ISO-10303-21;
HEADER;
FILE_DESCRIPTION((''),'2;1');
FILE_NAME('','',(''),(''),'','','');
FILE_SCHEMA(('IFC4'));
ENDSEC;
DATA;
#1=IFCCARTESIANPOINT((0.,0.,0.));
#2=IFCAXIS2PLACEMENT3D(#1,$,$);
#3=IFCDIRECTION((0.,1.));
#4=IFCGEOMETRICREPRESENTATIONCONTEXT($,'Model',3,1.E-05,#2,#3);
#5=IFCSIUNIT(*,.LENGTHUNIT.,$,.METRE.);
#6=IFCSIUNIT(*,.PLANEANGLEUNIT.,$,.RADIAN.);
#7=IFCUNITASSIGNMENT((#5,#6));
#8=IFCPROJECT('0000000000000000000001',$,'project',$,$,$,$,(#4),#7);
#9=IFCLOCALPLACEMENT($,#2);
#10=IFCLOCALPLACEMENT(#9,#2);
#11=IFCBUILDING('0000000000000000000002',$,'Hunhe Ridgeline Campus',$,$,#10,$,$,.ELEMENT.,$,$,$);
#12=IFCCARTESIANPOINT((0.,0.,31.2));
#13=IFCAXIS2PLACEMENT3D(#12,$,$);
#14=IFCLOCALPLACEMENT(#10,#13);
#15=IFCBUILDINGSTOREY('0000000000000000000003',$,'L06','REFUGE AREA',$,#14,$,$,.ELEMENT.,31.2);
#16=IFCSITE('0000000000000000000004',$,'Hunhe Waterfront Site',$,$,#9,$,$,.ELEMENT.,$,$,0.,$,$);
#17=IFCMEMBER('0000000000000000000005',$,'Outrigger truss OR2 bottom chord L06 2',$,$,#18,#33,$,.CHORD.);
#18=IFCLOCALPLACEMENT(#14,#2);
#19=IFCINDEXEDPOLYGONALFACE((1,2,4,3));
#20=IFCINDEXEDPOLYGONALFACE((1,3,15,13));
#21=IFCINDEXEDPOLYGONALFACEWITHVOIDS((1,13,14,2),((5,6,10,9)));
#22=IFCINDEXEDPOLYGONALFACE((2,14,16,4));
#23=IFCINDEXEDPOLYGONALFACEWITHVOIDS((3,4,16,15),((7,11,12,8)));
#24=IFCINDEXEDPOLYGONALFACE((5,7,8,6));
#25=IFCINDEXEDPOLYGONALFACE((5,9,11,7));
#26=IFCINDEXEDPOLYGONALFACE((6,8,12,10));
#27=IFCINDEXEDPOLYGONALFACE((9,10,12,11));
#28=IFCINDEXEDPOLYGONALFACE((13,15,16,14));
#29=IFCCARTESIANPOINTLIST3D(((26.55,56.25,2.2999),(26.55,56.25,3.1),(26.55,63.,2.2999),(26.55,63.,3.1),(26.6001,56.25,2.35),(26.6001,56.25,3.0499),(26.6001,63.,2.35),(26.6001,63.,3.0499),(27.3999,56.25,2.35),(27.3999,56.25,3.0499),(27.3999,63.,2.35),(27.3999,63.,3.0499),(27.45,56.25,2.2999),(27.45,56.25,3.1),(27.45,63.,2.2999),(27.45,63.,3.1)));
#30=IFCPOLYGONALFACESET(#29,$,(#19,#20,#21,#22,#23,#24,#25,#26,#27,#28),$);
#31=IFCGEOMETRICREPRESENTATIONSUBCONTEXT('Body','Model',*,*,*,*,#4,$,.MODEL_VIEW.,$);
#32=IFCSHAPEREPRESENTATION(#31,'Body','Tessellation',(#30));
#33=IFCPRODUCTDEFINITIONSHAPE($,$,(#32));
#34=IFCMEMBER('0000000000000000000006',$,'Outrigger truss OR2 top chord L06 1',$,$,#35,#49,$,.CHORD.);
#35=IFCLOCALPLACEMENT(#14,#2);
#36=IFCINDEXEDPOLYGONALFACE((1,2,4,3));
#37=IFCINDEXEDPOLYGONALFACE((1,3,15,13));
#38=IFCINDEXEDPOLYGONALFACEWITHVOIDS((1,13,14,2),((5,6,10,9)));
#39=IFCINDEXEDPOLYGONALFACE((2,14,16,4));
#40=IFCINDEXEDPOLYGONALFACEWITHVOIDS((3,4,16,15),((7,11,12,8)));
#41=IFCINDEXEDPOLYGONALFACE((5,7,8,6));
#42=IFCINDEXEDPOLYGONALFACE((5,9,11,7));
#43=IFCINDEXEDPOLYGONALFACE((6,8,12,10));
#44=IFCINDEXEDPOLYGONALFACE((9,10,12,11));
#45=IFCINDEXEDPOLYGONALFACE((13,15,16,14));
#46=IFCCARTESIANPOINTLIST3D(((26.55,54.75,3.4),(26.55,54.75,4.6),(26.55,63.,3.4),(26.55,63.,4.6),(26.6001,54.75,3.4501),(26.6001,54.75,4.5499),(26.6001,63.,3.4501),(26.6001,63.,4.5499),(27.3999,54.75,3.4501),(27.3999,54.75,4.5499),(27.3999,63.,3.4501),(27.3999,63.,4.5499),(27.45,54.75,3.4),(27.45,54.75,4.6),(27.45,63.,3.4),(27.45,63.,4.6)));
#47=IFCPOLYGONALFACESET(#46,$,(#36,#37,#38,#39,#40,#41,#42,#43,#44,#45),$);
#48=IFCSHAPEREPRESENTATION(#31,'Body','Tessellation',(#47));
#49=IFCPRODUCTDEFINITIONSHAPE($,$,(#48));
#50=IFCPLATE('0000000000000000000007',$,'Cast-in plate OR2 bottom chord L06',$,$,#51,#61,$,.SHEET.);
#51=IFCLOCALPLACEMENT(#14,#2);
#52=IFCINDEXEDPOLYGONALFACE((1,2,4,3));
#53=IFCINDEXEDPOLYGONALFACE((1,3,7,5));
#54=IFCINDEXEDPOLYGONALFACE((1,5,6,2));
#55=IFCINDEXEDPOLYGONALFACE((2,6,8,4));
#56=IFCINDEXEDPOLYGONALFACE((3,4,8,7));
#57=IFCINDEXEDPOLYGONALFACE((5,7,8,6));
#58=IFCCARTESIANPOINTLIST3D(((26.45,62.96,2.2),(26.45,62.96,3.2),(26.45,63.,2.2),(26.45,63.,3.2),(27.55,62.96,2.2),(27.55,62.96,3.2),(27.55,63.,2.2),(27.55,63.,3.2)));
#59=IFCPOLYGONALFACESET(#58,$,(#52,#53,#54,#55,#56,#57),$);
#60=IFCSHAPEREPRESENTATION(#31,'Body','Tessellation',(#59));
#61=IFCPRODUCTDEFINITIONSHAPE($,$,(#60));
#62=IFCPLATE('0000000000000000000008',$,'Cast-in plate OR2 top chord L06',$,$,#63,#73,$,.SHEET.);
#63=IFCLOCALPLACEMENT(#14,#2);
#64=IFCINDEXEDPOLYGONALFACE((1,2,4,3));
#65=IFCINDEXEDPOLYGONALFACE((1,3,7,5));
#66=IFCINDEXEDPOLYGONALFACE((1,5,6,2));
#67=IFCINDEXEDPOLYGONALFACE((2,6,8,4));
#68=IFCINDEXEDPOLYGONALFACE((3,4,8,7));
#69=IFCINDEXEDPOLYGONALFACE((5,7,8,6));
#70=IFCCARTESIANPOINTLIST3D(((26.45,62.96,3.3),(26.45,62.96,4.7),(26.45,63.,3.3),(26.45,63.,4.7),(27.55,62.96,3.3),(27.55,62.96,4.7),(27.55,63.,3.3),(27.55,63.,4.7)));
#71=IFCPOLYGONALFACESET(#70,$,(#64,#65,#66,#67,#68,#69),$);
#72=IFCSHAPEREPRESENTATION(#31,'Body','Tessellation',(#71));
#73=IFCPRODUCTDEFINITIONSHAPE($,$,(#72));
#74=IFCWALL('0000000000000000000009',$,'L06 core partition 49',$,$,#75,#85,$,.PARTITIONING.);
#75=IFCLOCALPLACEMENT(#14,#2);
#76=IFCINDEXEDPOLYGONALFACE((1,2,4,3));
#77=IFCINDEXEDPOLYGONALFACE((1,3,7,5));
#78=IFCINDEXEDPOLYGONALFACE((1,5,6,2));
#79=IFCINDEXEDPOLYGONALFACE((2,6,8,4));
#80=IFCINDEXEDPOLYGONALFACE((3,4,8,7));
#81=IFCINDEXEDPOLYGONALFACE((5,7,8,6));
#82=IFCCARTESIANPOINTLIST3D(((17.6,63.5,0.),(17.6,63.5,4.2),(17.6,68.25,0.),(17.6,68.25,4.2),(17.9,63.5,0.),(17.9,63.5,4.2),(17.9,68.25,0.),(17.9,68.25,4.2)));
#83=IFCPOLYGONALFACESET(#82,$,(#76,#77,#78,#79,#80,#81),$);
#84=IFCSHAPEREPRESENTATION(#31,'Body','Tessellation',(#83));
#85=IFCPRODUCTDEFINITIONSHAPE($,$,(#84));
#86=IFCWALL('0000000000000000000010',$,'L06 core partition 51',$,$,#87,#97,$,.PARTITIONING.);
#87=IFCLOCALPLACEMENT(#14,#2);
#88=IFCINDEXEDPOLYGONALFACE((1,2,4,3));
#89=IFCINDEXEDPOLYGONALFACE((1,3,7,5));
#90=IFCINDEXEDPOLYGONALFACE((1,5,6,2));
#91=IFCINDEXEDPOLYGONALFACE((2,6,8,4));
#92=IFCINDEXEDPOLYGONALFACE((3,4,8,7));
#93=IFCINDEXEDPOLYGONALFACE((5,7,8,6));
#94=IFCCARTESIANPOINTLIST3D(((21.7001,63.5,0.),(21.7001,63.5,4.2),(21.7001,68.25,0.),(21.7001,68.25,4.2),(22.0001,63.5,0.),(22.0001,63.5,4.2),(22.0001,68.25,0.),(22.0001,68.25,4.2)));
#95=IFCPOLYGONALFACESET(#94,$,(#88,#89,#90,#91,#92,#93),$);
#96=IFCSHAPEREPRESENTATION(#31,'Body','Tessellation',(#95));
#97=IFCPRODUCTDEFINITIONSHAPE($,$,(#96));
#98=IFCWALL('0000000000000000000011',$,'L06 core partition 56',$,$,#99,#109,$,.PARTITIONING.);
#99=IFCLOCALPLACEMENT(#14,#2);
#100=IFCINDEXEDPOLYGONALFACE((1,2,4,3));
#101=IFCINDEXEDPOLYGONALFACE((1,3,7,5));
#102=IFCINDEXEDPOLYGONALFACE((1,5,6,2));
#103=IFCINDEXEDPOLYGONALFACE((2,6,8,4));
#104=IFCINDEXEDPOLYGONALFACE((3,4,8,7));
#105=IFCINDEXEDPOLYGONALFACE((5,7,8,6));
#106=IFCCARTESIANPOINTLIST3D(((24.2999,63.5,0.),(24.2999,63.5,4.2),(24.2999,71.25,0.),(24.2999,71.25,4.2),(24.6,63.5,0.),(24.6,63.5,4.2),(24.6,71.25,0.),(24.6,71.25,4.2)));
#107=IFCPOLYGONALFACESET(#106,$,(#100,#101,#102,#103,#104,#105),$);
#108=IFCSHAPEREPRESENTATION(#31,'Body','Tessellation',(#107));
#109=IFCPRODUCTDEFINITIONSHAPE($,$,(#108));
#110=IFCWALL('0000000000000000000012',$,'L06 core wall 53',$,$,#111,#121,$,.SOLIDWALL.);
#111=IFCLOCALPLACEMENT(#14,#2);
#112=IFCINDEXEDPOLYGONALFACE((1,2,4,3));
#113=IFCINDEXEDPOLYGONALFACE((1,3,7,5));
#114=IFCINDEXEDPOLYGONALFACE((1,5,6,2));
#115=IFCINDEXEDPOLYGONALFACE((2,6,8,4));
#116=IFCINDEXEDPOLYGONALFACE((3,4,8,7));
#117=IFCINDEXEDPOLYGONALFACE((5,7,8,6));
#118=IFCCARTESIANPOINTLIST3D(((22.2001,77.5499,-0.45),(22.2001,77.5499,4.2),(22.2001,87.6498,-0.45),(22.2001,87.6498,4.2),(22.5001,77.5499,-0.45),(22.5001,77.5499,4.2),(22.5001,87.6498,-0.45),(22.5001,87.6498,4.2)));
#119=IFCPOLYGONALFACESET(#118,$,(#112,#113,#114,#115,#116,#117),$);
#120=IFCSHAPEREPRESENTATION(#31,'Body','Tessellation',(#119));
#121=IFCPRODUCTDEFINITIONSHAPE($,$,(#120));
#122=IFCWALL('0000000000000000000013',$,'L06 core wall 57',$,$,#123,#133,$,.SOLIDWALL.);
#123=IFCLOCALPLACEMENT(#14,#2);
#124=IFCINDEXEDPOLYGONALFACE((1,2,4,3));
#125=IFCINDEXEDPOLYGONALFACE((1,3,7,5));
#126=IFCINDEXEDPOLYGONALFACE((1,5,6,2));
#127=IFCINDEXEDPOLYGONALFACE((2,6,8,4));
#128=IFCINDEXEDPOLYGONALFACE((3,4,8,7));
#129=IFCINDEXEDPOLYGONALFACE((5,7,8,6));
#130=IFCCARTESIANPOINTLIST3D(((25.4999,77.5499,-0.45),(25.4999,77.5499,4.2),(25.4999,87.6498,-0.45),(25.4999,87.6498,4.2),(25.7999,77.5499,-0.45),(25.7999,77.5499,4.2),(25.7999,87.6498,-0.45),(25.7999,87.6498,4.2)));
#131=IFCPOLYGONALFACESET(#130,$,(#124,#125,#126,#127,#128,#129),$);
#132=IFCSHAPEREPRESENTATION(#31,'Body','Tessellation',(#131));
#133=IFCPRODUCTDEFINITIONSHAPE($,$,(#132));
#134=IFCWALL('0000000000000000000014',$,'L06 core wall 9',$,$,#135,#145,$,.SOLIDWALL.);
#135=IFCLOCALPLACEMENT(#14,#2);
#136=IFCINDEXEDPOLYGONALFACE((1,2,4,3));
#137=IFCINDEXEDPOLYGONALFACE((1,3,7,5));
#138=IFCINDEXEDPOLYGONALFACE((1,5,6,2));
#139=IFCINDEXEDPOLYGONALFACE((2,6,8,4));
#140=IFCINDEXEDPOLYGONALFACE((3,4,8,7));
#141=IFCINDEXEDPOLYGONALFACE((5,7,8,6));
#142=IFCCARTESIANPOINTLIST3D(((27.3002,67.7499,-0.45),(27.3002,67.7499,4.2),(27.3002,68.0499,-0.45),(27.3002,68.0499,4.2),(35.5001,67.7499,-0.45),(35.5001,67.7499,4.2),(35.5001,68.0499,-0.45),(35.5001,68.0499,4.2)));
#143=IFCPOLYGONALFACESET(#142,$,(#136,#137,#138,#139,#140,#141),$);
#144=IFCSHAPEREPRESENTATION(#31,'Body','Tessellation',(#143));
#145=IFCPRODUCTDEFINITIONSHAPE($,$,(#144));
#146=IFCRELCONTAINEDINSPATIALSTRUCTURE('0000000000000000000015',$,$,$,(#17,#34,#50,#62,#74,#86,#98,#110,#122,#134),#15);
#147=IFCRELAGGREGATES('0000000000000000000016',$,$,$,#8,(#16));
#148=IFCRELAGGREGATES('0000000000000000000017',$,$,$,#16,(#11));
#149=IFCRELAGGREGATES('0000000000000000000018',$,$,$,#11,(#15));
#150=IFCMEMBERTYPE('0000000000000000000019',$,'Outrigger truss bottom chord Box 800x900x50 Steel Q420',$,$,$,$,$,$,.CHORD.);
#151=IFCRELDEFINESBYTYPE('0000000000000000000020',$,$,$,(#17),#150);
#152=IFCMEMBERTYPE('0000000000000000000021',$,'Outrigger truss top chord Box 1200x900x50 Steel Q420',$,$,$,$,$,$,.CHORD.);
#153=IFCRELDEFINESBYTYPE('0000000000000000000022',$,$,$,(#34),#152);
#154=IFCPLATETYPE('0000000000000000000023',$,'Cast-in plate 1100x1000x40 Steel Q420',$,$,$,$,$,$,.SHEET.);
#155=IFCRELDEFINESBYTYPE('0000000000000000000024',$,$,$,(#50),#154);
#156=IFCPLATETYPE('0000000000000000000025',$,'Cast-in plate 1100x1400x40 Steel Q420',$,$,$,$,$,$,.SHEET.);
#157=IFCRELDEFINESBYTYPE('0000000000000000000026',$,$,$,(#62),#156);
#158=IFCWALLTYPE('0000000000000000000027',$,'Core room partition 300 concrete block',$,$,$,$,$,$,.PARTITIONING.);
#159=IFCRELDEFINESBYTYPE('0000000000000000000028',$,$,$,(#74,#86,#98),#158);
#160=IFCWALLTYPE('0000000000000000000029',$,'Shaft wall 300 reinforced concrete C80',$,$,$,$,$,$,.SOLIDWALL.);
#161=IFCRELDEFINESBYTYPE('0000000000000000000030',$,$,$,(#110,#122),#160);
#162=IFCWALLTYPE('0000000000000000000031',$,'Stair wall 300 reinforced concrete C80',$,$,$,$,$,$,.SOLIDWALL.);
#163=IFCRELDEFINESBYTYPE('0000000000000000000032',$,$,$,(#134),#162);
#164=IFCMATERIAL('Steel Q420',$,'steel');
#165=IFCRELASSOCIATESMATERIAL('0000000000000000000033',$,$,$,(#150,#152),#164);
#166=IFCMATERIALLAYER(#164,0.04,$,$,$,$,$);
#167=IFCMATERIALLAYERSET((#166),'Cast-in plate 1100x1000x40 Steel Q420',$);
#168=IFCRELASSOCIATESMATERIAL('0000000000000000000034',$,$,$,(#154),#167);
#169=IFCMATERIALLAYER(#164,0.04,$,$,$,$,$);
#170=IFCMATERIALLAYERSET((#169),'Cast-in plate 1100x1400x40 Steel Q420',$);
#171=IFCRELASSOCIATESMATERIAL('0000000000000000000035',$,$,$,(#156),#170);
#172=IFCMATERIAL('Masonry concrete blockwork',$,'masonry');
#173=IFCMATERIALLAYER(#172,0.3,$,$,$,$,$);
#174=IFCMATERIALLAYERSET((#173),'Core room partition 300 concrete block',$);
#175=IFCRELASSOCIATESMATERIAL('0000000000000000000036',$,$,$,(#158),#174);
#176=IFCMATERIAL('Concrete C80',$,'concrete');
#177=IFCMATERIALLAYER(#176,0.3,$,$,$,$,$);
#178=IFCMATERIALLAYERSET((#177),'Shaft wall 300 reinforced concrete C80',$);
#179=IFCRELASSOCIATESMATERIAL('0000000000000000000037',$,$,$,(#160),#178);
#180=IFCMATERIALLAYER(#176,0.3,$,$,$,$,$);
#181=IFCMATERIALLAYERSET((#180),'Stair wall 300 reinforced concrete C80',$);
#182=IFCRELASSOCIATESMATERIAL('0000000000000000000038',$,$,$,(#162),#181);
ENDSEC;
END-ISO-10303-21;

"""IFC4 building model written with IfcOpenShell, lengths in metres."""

from ifc_helpers import new_model, si_unit, direction, frame, frame_2d, origin, origin_2d, place, context, subcontext, project, spatial, rectangle, hollow_rectangle, extrude, material, layer, layer_set, material_profile, profile_set, type_object, element, save


model = new_model("IFC4")

# Units and contexts
model_context = context("Model", 3, precision=1e-05, world=origin(), true_north=direction((0.0, 1.0)))
body_context = subcontext(model_context, "Body", "Model", "MODEL_VIEW")
ifc_project = project(units=[si_unit("LENGTHUNIT", "METRE"), si_unit("PLANEANGLEUNIT", "RADIAN")], contexts=[model_context])

# Site, building, storey
site_placement = place(None, origin())
site = spatial("IfcSite", under=ifc_project, at=site_placement, Name="Hunhe Waterfront Site", CompositionType="ELEMENT", RefElevation=0.0)
building_placement = place(site_placement, origin())
building = spatial("IfcBuilding", under=site, at=building_placement, Name="Hunhe Ridgeline Campus", CompositionType="ELEMENT")
storey_placement = place(building_placement, frame((0.0, 0.0, 31.2)))
storey = spatial("IfcBuildingStorey", under=building, at=storey_placement, Name="L06", Description="REFUGE AREA", CompositionType="ELEMENT", Elevation=31.2)

# Members
ifc_material_1 = material(Name="Steel Q420", Category="steel")
ifc_material_profile_1 = material_profile(ifc_material_1, hollow_rectangle(XDim=0.8999, YDim=0.8, WallThickness=0.05, at=origin_2d()))
ifc_profile_set_1 = profile_set([ifc_material_profile_1], Name="Steel Q420")
member_type_1 = type_object("IfcMemberType", Name="Outrigger truss bottom chord Box 800x900x50 Steel Q420", PredefinedType="CHORD", material=ifc_profile_set_1)
member_1_placement = place(storey_placement, frame((27.0, 63.0, 2.7), z_axis=(0.0, -1.0, 0.0), x_axis=(1.0, 0.0, 0.0)))
element("IfcMember", 1, at=member_1_placement, inside=storey, type_object=member_type_1, Name="Outrigger truss OR2 bottom chord L06 2", PredefinedType="CHORD", context=body_context, shape_type="SweptSolid", body=[
    extrude(hollow_rectangle(XDim=0.8999, YDim=0.8, WallThickness=0.05, at=origin_2d()), origin(), (0.0, 0.0, 1.0), 6.75),
])
ifc_material_profile_2 = material_profile(ifc_material_1, hollow_rectangle(XDim=0.8999, YDim=1.2, WallThickness=0.05, at=origin_2d()))
ifc_profile_set_2 = profile_set([ifc_material_profile_2], Name="Steel Q420")
member_type_2 = type_object("IfcMemberType", Name="Outrigger truss top chord Box 1200x900x50 Steel Q420", PredefinedType="CHORD", material=ifc_profile_set_2)
member_2_placement = place(storey_placement, frame((27.0, 63.0, 4.0), z_axis=(0.0, -1.0, 0.0), x_axis=(1.0, 0.0, 0.0)))
element("IfcMember", 2, at=member_2_placement, inside=storey, type_object=member_type_2, Name="Outrigger truss OR2 top chord L06 1", PredefinedType="CHORD", context=body_context, shape_type="SweptSolid", body=[
    extrude(hollow_rectangle(XDim=0.8999, YDim=1.2, WallThickness=0.05, at=origin_2d()), origin(), (0.0, 0.0, 1.0), 8.25),
])

# Plates
ifc_layer_1 = layer(ifc_material_1, 0.04)
ifc_layer_set_1 = layer_set([ifc_layer_1], Name="Cast-in plate 1100x1000x40 Steel Q420")
plate_type_1 = type_object("IfcPlateType", Name="Cast-in plate 1100x1000x40 Steel Q420", PredefinedType="SHEET", material=ifc_layer_set_1)
plate_1_placement = place(storey_placement, frame((27.0, 62.98, 2.2), z_axis=(0.0, 0.0, 1.0), x_axis=(0.0, -1.0, 0.0)))
element("IfcPlate", 3, at=plate_1_placement, inside=storey, type_object=plate_type_1, Name="Cast-in plate OR2 bottom chord L06", PredefinedType="SHEET", context=body_context, shape_type="SweptSolid", body=[
    extrude(rectangle(XDim=0.04, YDim=1.1001, at=origin_2d()), origin(), (0.0, 0.0, 1.0), 1.0),
])
ifc_layer_2 = layer(ifc_material_1, 0.04)
ifc_layer_set_2 = layer_set([ifc_layer_2], Name="Cast-in plate 1100x1400x40 Steel Q420")
plate_type_2 = type_object("IfcPlateType", Name="Cast-in plate 1100x1400x40 Steel Q420", PredefinedType="SHEET", material=ifc_layer_set_2)
plate_2_placement = place(storey_placement, frame((27.0, 62.98, 3.3), z_axis=(0.0, 0.0, 1.0), x_axis=(0.0, -1.0, 0.0)))
element("IfcPlate", 4, at=plate_2_placement, inside=storey, type_object=plate_type_2, Name="Cast-in plate OR2 top chord L06", PredefinedType="SHEET", context=body_context, shape_type="SweptSolid", body=[
    extrude(rectangle(XDim=0.04, YDim=1.1001, at=origin_2d()), origin(), (0.0, 0.0, 1.0), 1.3999),
])

# Walls
ifc_material_2 = material(Name="Masonry concrete blockwork", Category="masonry")
ifc_layer_3 = layer(ifc_material_2, 0.3)
ifc_layer_set_3 = layer_set([ifc_layer_3], Name="Core room partition 300 concrete block")
wall_type_1 = type_object("IfcWallType", Name="Core room partition 300 concrete block", PredefinedType="PARTITIONING", material=ifc_layer_set_3)
for number, where, z_axis, x_axis, name in (
    (5, (17.75, 63.5, 0.0), (0.0, 0.0, 1.0), (0.0, 1.0, 0.0), "L06 core partition 49"),
    (6, (21.8501, 63.5, 0.0), (0.0, 0.0, 1.0), (0.0, 1.0, 0.0), "L06 core partition 51"),
):
    element("IfcWall", number, at=place(storey_placement, frame(where, z_axis=z_axis, x_axis=x_axis)), inside=storey, type_object=wall_type_1, Name=name, PredefinedType="PARTITIONING", context=body_context, shape_type="SweptSolid", body=[
        extrude(rectangle(XDim=4.75, YDim=0.3, at=frame_2d((2.375, 0.0))), origin(), (0.0, 0.0, 1.0), 4.2),
    ])
wall_1_placement = place(storey_placement, frame((24.45, 63.5, 0.0), z_axis=(0.0, 0.0, 1.0), x_axis=(0.0, 1.0, 0.0)))
element("IfcWall", 7, at=wall_1_placement, inside=storey, type_object=wall_type_1, Name="L06 core partition 56", PredefinedType="PARTITIONING", context=body_context, shape_type="SweptSolid", body=[
    extrude(rectangle(XDim=7.75, YDim=0.3, at=frame_2d((3.875, 0.0))), origin(), (0.0, 0.0, 1.0), 4.2),
])
ifc_material_3 = material(Name="Concrete C80", Category="concrete")
ifc_layer_4 = layer(ifc_material_3, 0.3)
ifc_layer_set_4 = layer_set([ifc_layer_4], Name="Shaft wall 300 reinforced concrete C80")
wall_type_2 = type_object("IfcWallType", Name="Shaft wall 300 reinforced concrete C80", PredefinedType="SOLIDWALL", material=ifc_layer_set_4)
for number, where, z_axis, x_axis, name in (
    (8, (22.3501, 77.55, -0.45), (0.0, 0.0, 1.0), (0.0, 1.0, 0.0), "L06 core wall 53"),
    (9, (25.6499, 77.55, -0.45), (0.0, 0.0, 1.0), (0.0, 1.0, 0.0), "L06 core wall 57"),
):
    element("IfcWall", number, at=place(storey_placement, frame(where, z_axis=z_axis, x_axis=x_axis)), inside=storey, type_object=wall_type_2, Name=name, PredefinedType="SOLIDWALL", context=body_context, shape_type="SweptSolid", body=[
        extrude(rectangle(XDim=10.0999, YDim=0.3, at=frame_2d((5.0498, 0.0))), origin(), (0.0, 0.0, 1.0), 4.6499),
    ])
ifc_layer_5 = layer(ifc_material_3, 0.3)
ifc_layer_set_5 = layer_set([ifc_layer_5], Name="Stair wall 300 reinforced concrete C80")
wall_type_3 = type_object("IfcWallType", Name="Stair wall 300 reinforced concrete C80", PredefinedType="SOLIDWALL", material=ifc_layer_set_5)
wall_2_placement = place(storey_placement, frame((27.3, 67.8999, -0.45), z_axis=(0.0, 0.0, 1.0), x_axis=(1.0, 0.0, 0.0)))
element("IfcWall", 10, at=wall_2_placement, inside=storey, type_object=wall_type_3, Name="L06 core wall 9", PredefinedType="SOLIDWALL", context=body_context, shape_type="SweptSolid", body=[
    extrude(rectangle(XDim=8.2, YDim=0.3, at=frame_2d((4.1001, 0.0))), origin(), (0.0, 0.0, 1.0), 4.6499),
])

save(model, "model.ifc")
